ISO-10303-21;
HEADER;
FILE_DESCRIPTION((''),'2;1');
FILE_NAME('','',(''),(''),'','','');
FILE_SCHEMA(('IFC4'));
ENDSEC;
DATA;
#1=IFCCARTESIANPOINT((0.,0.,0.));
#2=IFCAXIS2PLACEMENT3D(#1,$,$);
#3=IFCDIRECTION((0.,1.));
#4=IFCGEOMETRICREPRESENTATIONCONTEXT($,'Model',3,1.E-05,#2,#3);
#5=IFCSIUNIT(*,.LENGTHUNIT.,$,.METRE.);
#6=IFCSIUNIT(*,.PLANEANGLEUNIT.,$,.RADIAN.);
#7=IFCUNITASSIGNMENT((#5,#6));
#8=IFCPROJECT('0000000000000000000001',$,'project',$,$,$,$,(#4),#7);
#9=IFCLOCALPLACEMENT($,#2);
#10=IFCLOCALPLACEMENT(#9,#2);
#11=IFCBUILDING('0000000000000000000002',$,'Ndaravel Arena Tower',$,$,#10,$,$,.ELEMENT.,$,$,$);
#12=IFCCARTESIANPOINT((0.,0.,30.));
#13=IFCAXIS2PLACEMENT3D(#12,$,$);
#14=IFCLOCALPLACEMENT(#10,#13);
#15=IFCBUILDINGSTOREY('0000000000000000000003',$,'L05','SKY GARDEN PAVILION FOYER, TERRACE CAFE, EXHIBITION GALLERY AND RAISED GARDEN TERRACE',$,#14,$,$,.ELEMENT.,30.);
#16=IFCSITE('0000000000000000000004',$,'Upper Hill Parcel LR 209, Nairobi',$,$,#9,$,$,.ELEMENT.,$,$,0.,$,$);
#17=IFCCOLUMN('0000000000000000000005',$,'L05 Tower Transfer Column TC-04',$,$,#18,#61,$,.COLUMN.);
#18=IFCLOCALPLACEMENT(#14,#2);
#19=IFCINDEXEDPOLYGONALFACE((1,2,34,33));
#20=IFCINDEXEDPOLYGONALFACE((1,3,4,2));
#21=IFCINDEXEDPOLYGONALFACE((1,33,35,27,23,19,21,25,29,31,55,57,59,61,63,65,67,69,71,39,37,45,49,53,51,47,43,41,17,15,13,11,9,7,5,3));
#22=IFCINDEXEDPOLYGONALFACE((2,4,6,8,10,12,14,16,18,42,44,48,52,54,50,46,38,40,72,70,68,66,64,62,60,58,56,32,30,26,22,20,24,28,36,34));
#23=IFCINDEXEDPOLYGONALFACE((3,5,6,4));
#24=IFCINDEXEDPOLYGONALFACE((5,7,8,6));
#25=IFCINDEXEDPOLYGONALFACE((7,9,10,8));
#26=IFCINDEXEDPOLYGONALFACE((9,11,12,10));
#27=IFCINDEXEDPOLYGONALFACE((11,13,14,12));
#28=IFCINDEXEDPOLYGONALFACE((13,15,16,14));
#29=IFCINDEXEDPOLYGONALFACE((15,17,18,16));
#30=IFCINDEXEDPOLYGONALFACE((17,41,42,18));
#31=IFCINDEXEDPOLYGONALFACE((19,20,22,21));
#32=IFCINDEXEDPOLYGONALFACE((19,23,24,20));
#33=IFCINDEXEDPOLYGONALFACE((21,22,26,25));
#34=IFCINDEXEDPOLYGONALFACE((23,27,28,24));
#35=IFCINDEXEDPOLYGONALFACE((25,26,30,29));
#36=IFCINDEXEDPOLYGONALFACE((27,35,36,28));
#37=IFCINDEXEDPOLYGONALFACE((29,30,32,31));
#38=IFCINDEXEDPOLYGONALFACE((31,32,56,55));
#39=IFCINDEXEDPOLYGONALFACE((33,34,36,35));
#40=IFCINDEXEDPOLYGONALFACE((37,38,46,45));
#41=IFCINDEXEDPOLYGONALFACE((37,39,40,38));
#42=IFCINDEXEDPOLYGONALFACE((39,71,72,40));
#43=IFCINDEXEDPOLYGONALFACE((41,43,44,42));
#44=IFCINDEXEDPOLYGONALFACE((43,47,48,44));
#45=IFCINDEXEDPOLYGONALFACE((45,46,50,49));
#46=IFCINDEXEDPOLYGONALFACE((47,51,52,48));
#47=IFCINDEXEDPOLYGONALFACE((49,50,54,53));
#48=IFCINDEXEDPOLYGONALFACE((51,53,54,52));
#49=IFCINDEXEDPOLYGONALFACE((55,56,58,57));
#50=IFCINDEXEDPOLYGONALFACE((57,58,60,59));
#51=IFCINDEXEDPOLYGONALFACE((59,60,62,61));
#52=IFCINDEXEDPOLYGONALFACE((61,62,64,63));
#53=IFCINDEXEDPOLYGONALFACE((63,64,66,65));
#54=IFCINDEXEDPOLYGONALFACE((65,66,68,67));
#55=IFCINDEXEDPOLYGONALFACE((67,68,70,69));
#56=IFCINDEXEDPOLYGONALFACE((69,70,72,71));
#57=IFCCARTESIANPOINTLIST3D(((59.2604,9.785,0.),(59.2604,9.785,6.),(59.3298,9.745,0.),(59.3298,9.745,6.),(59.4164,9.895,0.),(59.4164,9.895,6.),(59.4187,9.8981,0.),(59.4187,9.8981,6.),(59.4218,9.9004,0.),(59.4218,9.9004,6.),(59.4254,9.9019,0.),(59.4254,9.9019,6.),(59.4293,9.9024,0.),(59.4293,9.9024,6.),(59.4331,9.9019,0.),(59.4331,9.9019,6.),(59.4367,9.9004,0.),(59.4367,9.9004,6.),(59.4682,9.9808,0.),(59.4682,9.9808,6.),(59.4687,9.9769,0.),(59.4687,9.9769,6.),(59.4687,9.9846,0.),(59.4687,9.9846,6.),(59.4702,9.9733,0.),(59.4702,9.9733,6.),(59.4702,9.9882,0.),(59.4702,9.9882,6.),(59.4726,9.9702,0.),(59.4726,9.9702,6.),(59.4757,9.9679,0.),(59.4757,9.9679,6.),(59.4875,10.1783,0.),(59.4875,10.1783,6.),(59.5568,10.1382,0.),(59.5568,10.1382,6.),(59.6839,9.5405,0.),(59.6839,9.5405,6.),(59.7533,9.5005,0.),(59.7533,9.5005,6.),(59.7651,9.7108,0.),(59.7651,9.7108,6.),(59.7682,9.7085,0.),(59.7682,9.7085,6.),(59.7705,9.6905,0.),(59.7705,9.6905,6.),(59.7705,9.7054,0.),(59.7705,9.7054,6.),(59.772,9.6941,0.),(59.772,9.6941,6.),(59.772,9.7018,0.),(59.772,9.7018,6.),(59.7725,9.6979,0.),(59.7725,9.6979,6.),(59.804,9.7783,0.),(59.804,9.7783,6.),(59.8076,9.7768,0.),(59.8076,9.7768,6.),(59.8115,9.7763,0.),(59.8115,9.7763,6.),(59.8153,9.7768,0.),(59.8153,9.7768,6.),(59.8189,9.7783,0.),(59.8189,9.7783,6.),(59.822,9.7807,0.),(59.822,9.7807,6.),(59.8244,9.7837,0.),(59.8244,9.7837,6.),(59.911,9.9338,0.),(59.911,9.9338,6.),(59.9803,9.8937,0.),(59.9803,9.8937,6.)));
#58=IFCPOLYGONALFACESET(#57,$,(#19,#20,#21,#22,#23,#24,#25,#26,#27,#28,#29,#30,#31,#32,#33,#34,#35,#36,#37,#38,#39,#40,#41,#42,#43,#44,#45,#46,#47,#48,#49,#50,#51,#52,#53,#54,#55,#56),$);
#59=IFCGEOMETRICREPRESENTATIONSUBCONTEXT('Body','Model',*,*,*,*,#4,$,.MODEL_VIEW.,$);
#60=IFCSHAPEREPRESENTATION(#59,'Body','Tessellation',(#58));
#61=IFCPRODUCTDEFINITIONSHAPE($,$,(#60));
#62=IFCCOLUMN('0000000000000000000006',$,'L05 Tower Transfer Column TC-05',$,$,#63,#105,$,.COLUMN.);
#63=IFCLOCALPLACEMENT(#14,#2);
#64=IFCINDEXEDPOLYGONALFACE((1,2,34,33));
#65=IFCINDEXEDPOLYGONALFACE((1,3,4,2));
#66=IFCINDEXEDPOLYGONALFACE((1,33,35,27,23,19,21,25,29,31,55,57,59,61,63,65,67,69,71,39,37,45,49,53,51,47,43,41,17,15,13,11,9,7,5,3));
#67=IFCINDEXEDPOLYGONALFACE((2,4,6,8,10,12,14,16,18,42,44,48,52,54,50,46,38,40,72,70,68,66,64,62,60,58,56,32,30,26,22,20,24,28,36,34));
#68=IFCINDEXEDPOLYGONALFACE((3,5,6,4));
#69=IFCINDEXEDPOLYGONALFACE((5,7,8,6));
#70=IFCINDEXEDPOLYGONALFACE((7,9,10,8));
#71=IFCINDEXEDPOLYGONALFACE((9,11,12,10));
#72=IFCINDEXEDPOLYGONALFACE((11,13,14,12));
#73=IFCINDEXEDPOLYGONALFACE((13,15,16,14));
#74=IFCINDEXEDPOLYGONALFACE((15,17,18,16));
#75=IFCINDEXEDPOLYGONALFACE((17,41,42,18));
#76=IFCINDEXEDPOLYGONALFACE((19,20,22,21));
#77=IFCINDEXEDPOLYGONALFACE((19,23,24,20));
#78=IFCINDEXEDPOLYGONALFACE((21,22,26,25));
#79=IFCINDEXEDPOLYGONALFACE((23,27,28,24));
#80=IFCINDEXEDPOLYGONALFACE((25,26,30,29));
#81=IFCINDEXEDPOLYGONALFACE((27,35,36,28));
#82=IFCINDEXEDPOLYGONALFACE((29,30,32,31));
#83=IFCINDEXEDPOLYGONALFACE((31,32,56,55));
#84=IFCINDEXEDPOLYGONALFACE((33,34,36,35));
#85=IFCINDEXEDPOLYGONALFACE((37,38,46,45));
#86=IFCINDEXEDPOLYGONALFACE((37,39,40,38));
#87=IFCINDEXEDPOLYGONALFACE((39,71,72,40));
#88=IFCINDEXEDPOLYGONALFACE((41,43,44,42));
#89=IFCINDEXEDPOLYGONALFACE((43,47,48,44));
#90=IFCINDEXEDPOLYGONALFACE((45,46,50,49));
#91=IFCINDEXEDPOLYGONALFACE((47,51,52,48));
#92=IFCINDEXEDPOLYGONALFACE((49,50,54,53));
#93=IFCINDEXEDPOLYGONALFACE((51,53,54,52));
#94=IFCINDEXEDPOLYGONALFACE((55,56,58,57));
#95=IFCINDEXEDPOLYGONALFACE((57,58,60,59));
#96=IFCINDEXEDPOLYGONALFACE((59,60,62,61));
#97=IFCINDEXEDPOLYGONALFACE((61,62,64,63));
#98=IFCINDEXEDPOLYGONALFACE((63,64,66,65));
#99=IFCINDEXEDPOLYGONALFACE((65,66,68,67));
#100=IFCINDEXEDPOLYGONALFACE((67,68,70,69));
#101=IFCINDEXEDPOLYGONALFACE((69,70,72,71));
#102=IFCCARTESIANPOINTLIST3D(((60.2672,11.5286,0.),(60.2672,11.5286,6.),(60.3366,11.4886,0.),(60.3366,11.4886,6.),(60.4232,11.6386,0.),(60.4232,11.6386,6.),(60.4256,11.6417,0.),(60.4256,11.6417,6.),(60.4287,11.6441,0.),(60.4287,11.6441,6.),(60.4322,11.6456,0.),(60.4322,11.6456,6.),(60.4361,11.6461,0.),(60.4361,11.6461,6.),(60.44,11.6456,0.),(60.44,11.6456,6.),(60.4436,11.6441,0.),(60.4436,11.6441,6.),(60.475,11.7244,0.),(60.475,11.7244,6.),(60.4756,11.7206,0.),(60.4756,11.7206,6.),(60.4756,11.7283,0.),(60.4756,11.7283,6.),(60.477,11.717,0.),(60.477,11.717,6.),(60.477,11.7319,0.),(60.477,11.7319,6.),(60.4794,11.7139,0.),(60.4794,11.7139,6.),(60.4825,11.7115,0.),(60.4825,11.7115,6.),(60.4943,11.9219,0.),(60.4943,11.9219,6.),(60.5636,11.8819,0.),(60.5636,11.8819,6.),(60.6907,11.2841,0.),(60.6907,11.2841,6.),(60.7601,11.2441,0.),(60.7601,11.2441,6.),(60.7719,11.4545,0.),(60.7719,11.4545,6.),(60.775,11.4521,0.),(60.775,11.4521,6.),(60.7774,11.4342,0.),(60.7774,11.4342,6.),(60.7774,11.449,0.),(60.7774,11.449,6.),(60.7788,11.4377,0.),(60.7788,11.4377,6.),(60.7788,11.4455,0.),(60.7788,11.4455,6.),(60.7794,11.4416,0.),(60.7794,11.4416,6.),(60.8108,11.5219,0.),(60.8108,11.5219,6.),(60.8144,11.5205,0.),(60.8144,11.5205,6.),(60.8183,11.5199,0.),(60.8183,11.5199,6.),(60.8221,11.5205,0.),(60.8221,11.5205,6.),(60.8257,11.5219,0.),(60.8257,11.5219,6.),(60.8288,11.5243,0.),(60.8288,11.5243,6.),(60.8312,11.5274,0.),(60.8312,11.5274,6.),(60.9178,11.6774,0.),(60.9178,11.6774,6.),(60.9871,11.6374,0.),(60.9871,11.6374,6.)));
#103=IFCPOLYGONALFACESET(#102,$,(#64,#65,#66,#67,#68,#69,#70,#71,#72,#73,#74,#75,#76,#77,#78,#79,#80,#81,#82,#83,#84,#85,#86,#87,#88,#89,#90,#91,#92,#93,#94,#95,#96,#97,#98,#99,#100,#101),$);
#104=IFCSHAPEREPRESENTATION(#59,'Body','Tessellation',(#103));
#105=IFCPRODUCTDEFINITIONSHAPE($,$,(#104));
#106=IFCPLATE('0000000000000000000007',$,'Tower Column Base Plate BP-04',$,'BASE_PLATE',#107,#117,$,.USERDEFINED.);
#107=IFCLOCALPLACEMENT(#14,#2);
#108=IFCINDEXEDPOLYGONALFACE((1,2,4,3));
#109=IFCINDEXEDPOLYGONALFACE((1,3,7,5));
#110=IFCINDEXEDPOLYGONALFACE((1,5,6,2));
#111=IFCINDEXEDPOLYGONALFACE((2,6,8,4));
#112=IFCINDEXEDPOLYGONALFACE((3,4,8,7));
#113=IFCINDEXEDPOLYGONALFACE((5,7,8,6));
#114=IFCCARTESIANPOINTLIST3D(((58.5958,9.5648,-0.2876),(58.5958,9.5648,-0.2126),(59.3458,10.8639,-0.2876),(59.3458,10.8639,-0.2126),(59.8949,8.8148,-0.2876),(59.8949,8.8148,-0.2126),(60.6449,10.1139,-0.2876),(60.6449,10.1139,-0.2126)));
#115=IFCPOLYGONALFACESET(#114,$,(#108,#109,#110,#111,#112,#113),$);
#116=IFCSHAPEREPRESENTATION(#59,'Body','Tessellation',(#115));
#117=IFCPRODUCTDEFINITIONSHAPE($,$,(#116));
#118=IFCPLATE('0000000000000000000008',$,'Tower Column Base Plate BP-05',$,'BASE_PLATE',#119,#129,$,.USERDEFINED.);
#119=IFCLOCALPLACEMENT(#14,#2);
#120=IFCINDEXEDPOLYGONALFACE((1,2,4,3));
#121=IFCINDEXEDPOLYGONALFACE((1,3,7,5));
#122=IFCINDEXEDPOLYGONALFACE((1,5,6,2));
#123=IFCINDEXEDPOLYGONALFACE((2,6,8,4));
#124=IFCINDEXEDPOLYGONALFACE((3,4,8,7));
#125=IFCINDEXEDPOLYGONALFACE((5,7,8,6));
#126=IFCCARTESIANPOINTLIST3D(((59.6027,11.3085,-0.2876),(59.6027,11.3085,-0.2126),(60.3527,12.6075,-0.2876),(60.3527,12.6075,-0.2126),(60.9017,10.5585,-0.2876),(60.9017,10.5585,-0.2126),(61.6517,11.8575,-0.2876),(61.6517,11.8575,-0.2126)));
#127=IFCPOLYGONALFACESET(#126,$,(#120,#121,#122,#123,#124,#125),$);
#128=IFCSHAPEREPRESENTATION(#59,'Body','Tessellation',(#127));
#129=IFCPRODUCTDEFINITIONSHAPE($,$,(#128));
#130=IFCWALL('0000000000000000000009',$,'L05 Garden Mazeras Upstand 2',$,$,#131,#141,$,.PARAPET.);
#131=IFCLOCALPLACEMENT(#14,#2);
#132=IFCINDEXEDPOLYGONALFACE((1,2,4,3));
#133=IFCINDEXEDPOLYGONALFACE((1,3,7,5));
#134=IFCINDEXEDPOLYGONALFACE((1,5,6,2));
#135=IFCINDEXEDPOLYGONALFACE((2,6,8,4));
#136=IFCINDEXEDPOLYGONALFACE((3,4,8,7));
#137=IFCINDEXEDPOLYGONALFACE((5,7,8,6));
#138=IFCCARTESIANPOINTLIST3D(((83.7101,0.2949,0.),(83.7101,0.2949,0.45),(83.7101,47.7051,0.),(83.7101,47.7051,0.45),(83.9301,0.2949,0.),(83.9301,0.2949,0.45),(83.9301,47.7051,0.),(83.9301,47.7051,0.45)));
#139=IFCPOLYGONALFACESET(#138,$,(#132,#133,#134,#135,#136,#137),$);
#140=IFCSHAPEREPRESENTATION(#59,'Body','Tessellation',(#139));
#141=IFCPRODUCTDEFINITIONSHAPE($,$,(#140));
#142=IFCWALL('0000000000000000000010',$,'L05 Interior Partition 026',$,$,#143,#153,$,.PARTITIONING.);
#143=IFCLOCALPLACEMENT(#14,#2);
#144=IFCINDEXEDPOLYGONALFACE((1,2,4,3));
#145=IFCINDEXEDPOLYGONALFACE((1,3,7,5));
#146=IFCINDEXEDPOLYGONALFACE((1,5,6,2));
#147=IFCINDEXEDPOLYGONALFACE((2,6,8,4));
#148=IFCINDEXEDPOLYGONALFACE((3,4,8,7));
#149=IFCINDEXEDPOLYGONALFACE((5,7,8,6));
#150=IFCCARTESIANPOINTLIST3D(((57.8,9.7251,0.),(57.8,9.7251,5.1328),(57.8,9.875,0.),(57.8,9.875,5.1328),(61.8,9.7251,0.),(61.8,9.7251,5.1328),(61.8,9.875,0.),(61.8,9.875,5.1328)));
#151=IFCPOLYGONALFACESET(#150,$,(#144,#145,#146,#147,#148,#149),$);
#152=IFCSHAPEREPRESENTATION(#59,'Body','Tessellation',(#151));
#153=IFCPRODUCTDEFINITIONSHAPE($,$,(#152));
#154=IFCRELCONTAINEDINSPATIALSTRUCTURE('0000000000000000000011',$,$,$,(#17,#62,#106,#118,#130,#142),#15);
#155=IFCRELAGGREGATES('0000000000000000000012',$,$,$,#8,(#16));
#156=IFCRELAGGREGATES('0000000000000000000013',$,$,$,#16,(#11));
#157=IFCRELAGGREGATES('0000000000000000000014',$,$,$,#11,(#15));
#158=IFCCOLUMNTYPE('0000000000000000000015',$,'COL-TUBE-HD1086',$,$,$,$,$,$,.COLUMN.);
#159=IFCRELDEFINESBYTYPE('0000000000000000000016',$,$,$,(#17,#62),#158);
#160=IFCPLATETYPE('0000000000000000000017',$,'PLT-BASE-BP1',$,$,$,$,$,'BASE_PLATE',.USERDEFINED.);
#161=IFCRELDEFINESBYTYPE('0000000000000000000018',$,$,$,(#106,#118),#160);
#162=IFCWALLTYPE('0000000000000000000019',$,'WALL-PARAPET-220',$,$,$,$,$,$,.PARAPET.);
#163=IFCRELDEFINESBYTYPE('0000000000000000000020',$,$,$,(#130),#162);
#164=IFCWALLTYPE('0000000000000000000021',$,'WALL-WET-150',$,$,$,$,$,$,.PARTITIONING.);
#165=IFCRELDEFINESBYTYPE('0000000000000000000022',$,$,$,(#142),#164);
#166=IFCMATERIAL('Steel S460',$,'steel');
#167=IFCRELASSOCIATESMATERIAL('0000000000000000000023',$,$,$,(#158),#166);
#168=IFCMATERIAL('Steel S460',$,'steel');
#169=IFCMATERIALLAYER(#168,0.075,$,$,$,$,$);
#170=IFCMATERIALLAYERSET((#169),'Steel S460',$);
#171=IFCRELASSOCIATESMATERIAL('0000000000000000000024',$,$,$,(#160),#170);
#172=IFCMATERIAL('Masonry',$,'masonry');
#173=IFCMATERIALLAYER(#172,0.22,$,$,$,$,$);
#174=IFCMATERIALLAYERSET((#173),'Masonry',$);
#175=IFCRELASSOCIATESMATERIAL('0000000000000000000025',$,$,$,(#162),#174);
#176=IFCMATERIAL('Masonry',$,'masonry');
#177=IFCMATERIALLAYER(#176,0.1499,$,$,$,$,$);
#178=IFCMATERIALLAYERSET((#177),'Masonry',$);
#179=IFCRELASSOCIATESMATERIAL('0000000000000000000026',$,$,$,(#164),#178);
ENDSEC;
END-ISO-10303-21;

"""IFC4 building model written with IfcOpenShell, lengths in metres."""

from ifc_helpers import new_model, si_unit, direction, frame, frame_2d, origin, origin_2d, place, context, subcontext, project, spatial, rectangle, i_section, extrude, material, layer, layer_set, material_profile, profile_set, type_object, element, save


model = new_model("IFC4")

# Units and contexts
model_context = context("Model", 3, precision=1e-05, world=origin(), true_north=direction((0.0, 1.0)))
body_context = subcontext(model_context, "Body", "Model", "MODEL_VIEW")
ifc_project = project(units=[si_unit("LENGTHUNIT", "METRE"), si_unit("PLANEANGLEUNIT", "RADIAN")], contexts=[model_context])

# Site, building, storey
site_placement = place(None, origin())
site = spatial("IfcSite", under=ifc_project, at=site_placement, Name="Upper Hill Parcel LR 209, Nairobi", CompositionType="ELEMENT", RefElevation=0.0)
building_placement = place(site_placement, origin())
building = spatial("IfcBuilding", under=site, at=building_placement, Name="Ndaravel Arena Tower", CompositionType="ELEMENT")
storey_placement = place(building_placement, frame((0.0, 0.0, 30.0)))
storey = spatial("IfcBuildingStorey", under=building, at=storey_placement, Name="L05", Description="SKY GARDEN PAVILION FOYER, TERRACE CAFE, EXHIBITION GALLERY AND RAISED GARDEN TERRACE", CompositionType="ELEMENT", Elevation=30.0)

# Columns
ifc_material_1 = material(Name="Steel S460", Category="steel")
ifc_material_profile = material_profile(ifc_material_1, i_section(OverallWidth=0.4541, OverallDepth=0.5691, WebThickness=0.0779, FlangeThickness=0.0801, FilletRadius=0.0149, at=origin_2d()), Name="HD 400x1086")
ifc_profile_set = profile_set([ifc_material_profile], Name="Steel S460")
column_type = type_object("IfcColumnType", Name="COL-TUBE-HD1086", PredefinedType="COLUMN", material=ifc_profile_set)
for number, where, z_axis, x_axis, name in (
    (1, (59.6204, 9.8394, 0.0), (0.0, 0.0, 1.0), (0.5, 0.866025, 0.0), "L05 Tower Transfer Column TC-04"),
    (2, (60.6272, 11.583, 0.0), (0.0, 0.0, 1.0), (0.5, 0.866025, 0.0), "L05 Tower Transfer Column TC-05"),
):
    element("IfcColumn", number, at=place(storey_placement, frame(where, z_axis=z_axis, x_axis=x_axis)), inside=storey, type_object=column_type, Name=name, PredefinedType="COLUMN", context=body_context, shape_type="SweptSolid", body=[
        extrude(i_section(OverallWidth=0.4541, OverallDepth=0.5691, WebThickness=0.0779, FlangeThickness=0.0801, FilletRadius=0.0149, at=origin_2d()), origin(), (0.0, 0.0, 1.0), 6.0),
    ])

# Plates
ifc_material_2 = material(Name="Steel S460", Category="steel")
ifc_layer_1 = layer(ifc_material_2, 0.075)
ifc_layer_set_1 = layer_set([ifc_layer_1], Name="Steel S460")
plate_type = type_object("IfcPlateType", Name="PLT-BASE-BP1", ElementType="BASE_PLATE", PredefinedType="USERDEFINED", material=ifc_layer_set_1)
for number, where, z_axis, x_axis, name in (
    (3, (59.6204, 9.8394, -0.2876), (0.0, 0.0, 1.0), (0.5, 0.866025, 0.0), "Tower Column Base Plate BP-04"),
    (4, (60.6272, 11.583, -0.2876), (0.0, 0.0, 1.0), (0.5, 0.866025, 0.0), "Tower Column Base Plate BP-05"),
):
    element("IfcPlate", number, at=place(storey_placement, frame(where, z_axis=z_axis, x_axis=x_axis)), inside=storey, type_object=plate_type, Name=name, ObjectType="BASE_PLATE", PredefinedType="USERDEFINED", context=body_context, shape_type="SweptSolid", body=[
        extrude(rectangle(XDim=1.5, YDim=1.5, at=origin_2d()), origin(), (0.0, 0.0, 1.0), 0.075),
    ])

# Wall
ifc_material_3 = material(Name="Masonry", Category="masonry")
ifc_layer_2 = layer(ifc_material_3, 0.22)
ifc_layer_set_2 = layer_set([ifc_layer_2], Name="Masonry")
wall_type_1 = type_object("IfcWallType", Name="WALL-PARAPET-220", PredefinedType="PARAPET", material=ifc_layer_set_2)
wall_1_placement = place(storey_placement, frame((83.8201, 0.2949, 0.0), z_axis=(0.0, 0.0, 1.0), x_axis=(0.0, 1.0, 0.0)))
element("IfcWall", 5, at=wall_1_placement, inside=storey, type_object=wall_type_1, Name="L05 Garden Mazeras Upstand 2", PredefinedType="PARAPET", context=body_context, shape_type="SweptSolid", body=[
    extrude(rectangle(XDim=47.4102, YDim=0.22, at=frame_2d((23.7051, 0.0))), origin(), (0.0, 0.0, 1.0), 0.45),
])

# Wall
ifc_material_4 = material(Name="Masonry", Category="masonry")
ifc_layer_3 = layer(ifc_material_4, 0.1499)
ifc_layer_set_3 = layer_set([ifc_layer_3], Name="Masonry")
wall_type_2 = type_object("IfcWallType", Name="WALL-WET-150", PredefinedType="PARTITIONING", material=ifc_layer_set_3)
wall_2_placement = place(storey_placement, frame((61.8, 9.8, 0.0), z_axis=(0.0, 0.0, 1.0), x_axis=(-1.0, 0.0, 0.0)))
element("IfcWall", 6, at=wall_2_placement, inside=storey, type_object=wall_type_2, Name="L05 Interior Partition 026", PredefinedType="PARTITIONING", context=body_context, shape_type="SweptSolid", body=[
    extrude(rectangle(XDim=4.0, YDim=0.1499, at=frame_2d((2.0, 0.0))), origin(), (0.0, 0.0, 1.0), 5.1328),
])

save(model, "model.ifc")
